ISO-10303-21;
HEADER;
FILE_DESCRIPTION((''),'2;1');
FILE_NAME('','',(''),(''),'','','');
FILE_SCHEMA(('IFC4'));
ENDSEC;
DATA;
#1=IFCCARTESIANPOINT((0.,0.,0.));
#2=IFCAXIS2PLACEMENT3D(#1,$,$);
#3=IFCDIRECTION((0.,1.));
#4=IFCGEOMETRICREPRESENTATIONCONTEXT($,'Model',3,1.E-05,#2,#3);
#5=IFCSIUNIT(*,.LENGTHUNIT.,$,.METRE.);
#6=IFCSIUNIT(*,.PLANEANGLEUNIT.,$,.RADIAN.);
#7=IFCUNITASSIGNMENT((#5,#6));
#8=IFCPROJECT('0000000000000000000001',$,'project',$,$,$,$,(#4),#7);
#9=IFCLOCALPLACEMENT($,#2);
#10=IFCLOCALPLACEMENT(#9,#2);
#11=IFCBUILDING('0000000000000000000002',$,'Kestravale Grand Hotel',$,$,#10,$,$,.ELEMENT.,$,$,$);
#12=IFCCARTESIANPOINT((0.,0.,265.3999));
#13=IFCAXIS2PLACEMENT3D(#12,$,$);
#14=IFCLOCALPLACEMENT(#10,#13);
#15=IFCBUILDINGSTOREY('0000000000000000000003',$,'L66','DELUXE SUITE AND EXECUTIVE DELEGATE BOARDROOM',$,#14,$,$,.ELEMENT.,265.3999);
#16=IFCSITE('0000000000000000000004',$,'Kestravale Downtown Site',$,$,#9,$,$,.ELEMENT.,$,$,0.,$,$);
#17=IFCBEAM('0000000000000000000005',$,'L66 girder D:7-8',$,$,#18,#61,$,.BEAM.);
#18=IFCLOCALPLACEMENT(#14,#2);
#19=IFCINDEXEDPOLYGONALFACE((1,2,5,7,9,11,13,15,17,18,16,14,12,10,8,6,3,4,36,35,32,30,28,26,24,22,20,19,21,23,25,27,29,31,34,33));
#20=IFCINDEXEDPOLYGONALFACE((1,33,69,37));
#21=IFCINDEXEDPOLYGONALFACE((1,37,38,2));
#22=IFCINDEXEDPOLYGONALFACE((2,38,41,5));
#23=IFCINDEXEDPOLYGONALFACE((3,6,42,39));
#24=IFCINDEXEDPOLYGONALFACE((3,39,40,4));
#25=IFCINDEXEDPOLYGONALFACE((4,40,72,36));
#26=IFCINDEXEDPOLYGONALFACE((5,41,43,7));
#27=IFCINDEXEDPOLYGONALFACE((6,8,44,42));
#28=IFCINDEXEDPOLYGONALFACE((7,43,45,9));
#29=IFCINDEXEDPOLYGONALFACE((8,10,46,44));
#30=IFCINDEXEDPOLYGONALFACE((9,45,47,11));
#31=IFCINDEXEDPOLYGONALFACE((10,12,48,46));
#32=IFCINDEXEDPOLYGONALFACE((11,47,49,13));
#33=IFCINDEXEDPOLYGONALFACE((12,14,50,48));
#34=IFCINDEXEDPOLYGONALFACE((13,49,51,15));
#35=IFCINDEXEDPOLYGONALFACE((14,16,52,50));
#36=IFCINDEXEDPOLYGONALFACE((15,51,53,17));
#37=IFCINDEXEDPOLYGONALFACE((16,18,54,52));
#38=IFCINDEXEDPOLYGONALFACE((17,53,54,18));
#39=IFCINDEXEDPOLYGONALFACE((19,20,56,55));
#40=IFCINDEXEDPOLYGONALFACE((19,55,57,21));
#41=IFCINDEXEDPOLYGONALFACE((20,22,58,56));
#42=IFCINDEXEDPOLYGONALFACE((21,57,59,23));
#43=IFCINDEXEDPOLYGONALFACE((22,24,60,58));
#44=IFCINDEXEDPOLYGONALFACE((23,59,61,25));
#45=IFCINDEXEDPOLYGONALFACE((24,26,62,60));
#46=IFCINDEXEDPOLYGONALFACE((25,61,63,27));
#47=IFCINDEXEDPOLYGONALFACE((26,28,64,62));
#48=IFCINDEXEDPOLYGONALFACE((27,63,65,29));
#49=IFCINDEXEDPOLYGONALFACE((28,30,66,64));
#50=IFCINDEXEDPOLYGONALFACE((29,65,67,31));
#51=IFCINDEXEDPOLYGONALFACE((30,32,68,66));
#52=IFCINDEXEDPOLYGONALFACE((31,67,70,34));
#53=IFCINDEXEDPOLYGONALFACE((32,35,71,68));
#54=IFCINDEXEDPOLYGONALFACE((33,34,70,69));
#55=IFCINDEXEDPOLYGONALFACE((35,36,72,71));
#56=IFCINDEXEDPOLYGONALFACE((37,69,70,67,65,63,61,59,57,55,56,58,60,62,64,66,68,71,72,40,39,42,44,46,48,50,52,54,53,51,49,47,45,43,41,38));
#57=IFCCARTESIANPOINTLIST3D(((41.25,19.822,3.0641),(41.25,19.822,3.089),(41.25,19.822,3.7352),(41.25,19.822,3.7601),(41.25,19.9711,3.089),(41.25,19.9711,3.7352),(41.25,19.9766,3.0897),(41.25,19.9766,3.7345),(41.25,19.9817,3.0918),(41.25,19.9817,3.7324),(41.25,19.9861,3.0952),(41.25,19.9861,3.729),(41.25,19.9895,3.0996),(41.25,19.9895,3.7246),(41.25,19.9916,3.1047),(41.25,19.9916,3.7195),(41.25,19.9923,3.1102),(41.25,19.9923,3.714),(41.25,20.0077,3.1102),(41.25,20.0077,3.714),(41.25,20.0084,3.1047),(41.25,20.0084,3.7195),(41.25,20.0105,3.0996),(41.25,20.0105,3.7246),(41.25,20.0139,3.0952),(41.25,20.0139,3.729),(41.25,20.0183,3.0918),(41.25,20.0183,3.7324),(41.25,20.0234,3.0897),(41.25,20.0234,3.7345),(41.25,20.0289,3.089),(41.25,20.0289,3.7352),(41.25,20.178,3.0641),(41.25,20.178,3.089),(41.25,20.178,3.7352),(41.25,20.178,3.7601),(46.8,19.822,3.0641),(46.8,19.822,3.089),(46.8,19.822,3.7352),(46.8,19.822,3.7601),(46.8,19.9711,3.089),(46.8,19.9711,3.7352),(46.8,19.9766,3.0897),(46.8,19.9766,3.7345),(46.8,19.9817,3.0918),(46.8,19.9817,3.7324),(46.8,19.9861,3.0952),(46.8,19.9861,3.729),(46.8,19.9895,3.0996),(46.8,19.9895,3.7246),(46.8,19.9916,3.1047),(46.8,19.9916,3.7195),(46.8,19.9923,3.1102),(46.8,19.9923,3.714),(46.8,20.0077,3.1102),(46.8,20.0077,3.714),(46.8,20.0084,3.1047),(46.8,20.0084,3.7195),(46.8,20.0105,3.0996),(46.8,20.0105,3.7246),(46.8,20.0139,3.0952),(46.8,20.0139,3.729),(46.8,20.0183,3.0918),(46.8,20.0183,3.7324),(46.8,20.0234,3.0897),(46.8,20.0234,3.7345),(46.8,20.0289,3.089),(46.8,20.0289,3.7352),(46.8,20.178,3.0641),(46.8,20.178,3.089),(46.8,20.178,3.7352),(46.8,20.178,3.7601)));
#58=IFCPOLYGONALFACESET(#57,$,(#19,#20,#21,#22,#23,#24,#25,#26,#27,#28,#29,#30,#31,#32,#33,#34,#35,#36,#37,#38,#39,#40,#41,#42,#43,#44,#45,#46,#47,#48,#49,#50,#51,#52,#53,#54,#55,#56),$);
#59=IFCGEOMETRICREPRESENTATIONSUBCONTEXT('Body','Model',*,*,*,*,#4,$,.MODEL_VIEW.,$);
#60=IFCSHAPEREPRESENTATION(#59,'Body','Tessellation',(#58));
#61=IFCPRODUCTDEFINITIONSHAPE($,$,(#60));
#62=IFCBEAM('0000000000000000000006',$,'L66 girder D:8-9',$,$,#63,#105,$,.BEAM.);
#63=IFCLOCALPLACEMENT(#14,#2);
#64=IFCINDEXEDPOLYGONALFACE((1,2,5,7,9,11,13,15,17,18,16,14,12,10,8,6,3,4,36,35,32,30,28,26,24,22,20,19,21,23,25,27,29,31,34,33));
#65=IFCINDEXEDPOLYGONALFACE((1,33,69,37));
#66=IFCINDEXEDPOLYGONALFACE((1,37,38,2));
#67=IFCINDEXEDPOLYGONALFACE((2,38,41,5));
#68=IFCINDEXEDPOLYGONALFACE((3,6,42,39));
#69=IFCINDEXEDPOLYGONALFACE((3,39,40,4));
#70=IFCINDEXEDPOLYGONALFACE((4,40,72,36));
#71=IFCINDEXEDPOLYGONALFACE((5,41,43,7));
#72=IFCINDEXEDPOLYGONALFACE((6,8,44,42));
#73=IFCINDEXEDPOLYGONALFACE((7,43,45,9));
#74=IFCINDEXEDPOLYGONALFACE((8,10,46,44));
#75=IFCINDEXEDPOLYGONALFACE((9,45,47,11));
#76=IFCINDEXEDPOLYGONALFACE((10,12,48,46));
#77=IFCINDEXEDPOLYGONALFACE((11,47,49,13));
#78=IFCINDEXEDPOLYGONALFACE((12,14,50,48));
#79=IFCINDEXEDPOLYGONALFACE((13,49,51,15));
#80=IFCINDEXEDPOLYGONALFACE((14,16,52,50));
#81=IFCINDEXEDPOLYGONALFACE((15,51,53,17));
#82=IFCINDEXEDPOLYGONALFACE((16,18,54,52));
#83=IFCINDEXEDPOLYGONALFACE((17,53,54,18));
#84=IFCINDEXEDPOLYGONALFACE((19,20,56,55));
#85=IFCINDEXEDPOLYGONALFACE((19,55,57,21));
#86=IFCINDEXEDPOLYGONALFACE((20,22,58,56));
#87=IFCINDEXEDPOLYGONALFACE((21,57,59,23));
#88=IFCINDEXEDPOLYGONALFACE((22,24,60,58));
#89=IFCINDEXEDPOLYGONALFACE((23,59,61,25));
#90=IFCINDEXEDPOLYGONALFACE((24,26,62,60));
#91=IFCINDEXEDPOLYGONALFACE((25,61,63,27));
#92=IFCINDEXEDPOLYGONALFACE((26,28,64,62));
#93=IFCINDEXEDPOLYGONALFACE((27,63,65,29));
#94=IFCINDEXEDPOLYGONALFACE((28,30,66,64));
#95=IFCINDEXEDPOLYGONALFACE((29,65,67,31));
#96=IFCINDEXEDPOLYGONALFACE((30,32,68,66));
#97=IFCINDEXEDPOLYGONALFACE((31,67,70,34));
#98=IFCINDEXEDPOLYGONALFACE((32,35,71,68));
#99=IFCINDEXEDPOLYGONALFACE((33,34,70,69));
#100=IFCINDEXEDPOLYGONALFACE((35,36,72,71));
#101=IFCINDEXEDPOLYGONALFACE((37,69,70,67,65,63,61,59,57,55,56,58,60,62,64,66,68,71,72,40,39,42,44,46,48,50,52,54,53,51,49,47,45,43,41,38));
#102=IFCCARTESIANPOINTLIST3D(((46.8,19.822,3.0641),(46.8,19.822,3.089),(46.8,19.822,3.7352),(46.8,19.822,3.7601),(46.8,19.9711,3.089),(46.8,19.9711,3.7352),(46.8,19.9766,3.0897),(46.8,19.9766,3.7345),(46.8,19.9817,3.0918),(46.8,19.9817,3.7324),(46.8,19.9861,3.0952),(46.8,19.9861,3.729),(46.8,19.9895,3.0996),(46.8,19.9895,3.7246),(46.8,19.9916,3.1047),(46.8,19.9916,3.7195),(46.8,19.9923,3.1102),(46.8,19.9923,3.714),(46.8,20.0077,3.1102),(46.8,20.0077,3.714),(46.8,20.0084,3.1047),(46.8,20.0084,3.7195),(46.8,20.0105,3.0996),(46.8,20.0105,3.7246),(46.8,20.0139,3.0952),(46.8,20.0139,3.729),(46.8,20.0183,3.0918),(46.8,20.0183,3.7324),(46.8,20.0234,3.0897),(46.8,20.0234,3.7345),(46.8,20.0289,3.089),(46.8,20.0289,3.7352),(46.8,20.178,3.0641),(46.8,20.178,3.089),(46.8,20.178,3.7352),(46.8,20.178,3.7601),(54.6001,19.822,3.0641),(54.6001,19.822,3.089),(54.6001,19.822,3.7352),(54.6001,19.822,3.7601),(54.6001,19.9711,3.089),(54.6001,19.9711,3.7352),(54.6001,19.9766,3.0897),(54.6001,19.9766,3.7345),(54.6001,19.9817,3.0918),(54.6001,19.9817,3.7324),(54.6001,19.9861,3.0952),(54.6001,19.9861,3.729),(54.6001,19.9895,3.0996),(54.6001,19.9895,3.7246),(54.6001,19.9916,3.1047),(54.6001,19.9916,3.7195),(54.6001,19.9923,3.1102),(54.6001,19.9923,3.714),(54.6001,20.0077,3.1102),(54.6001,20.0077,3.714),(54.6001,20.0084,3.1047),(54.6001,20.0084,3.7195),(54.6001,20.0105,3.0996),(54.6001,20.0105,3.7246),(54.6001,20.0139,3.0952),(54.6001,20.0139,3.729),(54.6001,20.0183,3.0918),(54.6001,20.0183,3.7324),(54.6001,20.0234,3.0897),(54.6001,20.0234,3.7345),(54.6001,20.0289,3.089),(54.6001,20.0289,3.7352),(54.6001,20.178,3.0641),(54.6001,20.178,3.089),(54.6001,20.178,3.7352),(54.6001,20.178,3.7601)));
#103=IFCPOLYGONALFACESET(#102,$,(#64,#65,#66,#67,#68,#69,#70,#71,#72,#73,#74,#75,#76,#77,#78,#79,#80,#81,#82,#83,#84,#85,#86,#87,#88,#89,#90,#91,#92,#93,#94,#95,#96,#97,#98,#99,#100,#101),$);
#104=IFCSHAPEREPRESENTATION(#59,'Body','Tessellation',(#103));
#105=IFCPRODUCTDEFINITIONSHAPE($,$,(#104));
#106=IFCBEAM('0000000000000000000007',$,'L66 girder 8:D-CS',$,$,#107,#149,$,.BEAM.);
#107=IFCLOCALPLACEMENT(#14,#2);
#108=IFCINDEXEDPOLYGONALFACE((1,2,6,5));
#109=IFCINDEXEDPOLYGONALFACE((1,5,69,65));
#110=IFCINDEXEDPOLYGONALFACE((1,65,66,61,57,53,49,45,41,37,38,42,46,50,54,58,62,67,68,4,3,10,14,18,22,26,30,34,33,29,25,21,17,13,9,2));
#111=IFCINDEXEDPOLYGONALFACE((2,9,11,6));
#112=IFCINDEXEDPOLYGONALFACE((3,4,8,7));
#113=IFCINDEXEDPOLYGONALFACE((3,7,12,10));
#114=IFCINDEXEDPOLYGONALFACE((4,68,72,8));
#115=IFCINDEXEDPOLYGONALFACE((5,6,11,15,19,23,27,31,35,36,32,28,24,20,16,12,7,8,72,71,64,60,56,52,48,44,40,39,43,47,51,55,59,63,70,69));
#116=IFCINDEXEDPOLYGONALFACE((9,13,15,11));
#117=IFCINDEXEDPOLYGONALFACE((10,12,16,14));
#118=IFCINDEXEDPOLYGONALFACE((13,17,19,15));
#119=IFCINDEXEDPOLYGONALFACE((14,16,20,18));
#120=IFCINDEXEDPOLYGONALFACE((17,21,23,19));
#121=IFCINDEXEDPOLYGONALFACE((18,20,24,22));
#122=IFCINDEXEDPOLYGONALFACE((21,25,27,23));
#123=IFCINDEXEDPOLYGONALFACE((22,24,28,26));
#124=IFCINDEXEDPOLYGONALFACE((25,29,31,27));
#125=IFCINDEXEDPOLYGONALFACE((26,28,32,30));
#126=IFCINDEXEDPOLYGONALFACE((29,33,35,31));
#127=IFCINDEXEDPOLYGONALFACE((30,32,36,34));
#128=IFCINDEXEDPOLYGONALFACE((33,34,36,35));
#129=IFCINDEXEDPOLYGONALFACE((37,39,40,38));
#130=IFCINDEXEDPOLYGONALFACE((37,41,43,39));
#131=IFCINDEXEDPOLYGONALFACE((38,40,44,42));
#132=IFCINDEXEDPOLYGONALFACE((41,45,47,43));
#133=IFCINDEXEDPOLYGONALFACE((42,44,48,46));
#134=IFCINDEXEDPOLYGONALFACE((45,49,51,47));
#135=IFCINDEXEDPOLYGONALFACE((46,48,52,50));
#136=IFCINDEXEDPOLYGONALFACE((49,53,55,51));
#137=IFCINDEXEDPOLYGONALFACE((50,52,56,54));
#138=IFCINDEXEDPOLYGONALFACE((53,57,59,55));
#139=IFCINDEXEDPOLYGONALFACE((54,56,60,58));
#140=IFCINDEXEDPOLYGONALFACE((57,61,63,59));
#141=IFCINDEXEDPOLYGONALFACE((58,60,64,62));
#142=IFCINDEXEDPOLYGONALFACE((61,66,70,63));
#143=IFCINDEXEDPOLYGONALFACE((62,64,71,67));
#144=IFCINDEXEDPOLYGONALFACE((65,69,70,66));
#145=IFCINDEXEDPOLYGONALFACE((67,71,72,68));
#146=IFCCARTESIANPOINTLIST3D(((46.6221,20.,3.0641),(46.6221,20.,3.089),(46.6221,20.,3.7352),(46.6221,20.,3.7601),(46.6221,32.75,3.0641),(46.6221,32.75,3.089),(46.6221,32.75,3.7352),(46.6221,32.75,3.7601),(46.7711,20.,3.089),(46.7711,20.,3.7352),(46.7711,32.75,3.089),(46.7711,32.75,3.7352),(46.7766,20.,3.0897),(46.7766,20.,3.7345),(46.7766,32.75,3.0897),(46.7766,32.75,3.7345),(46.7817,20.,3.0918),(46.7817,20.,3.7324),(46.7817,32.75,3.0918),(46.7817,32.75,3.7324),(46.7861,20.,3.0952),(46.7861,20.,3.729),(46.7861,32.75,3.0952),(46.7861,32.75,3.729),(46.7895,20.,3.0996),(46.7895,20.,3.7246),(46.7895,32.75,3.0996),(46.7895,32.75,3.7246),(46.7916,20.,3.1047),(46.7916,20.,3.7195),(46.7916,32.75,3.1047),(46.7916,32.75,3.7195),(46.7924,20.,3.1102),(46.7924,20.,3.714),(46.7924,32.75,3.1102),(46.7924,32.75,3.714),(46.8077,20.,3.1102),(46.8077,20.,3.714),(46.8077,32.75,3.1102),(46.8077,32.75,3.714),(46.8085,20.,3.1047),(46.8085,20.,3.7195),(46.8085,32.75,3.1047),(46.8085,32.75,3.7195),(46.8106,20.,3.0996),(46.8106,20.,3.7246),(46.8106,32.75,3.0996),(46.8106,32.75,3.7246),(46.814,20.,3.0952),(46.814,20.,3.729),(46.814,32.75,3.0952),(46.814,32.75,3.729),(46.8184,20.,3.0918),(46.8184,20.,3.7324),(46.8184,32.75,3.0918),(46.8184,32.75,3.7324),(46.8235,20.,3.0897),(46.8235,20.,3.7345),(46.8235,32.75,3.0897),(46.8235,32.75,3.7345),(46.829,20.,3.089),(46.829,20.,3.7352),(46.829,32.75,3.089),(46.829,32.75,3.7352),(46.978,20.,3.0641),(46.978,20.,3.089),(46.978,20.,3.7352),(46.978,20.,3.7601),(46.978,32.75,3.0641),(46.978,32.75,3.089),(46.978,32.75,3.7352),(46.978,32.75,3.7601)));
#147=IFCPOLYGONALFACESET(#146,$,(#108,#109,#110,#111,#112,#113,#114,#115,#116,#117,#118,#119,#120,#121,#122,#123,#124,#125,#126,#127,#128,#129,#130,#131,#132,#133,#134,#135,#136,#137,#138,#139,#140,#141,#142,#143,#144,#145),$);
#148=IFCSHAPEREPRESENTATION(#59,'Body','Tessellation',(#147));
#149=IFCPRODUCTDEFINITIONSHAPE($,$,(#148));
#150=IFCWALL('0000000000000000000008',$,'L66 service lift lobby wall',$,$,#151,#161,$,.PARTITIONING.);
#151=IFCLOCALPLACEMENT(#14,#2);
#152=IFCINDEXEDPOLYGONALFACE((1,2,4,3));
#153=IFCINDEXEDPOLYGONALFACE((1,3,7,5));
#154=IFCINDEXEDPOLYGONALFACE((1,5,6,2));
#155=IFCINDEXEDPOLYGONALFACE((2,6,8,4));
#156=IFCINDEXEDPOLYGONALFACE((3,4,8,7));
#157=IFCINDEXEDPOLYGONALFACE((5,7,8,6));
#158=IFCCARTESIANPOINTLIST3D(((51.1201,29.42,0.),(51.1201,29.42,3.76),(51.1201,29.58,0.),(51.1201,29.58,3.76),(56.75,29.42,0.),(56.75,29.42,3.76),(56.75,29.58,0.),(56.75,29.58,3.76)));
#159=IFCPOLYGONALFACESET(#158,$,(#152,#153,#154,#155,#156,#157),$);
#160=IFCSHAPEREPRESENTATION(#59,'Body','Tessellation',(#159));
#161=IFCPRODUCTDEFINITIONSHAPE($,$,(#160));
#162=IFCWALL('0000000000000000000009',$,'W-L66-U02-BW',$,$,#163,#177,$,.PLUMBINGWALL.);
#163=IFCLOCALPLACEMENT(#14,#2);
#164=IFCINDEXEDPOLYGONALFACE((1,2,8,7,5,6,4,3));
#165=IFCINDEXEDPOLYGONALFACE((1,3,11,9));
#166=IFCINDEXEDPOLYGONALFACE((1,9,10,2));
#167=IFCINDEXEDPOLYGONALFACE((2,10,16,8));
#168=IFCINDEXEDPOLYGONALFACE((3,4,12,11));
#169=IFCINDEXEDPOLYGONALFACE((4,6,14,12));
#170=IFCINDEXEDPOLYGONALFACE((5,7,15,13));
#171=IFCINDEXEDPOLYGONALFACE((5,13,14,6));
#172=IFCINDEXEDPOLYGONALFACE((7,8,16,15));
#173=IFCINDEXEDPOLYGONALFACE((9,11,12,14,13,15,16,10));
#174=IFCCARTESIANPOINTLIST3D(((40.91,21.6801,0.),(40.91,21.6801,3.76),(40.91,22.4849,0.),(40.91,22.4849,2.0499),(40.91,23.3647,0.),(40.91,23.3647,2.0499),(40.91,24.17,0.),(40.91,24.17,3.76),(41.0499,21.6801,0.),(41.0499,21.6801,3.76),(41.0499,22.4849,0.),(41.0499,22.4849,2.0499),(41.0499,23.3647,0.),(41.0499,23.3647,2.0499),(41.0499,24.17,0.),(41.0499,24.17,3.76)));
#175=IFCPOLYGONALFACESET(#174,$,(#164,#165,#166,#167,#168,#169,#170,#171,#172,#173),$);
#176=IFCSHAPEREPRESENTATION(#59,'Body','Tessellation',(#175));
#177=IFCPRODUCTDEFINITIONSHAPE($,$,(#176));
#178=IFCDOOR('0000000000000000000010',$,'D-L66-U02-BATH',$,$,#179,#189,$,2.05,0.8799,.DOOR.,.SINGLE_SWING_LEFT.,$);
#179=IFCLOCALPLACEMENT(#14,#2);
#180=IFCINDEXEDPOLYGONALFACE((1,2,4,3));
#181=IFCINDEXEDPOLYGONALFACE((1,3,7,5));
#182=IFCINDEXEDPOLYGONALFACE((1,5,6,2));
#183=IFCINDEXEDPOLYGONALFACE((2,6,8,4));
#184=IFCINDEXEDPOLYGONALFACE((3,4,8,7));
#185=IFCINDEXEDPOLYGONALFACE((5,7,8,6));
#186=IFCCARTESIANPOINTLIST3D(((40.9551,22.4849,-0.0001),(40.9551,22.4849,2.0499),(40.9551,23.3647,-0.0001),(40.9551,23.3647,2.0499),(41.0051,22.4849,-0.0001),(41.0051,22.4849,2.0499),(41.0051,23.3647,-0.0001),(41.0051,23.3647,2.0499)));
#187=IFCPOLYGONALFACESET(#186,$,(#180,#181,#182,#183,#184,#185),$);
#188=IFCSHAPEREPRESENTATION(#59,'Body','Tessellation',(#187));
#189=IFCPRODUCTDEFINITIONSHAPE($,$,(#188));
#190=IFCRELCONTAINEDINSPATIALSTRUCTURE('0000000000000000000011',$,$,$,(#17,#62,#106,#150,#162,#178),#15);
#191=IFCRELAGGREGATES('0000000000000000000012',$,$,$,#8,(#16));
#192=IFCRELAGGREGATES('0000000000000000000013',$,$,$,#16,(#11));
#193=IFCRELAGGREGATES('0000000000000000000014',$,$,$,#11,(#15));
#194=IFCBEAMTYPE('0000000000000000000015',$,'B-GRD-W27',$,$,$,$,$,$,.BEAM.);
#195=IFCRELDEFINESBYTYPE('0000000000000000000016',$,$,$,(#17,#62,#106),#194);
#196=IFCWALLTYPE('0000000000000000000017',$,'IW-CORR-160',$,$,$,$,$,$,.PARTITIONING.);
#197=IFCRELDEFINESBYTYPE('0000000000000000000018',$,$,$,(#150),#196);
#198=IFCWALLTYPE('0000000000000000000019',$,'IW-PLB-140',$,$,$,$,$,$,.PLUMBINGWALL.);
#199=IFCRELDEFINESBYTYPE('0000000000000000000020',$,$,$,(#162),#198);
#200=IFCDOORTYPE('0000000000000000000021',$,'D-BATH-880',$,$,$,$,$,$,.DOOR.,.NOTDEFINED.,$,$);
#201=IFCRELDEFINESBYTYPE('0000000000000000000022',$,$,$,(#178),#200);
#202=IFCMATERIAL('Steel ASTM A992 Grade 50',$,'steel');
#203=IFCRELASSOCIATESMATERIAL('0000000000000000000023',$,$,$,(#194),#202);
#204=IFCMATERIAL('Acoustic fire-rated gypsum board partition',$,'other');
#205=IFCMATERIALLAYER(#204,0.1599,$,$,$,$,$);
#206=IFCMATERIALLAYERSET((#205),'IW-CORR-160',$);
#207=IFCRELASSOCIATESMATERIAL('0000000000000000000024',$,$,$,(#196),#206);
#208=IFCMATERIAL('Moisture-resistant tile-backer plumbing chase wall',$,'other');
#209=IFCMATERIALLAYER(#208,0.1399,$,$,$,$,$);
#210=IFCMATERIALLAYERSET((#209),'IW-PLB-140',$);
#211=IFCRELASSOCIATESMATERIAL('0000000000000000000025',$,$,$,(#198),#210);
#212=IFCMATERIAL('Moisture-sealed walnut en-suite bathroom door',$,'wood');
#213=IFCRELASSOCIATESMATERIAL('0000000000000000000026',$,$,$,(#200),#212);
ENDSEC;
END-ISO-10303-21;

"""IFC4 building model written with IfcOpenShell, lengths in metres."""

from ifc_helpers import new_model, si_unit, direction, frame, frame_2d, origin, origin_2d, place, context, subcontext, project, spatial, rectangle, i_section, extrude, material, layer, layer_set, material_profile, profile_set, type_object, element, fill, save


model = new_model("IFC4")

# Units and contexts
model_context = context("Model", 3, precision=1e-05, world=origin(), true_north=direction((0.0, 1.0)))
body_context = subcontext(model_context, "Body", "Model", "MODEL_VIEW")
ifc_project = project(units=[si_unit("LENGTHUNIT", "METRE"), si_unit("PLANEANGLEUNIT", "RADIAN")], contexts=[model_context])

# Site, building, storey
site_placement = place(None, origin())
site = spatial("IfcSite", under=ifc_project, at=site_placement, Name="Kestravale Downtown Site", CompositionType="ELEMENT", RefElevation=0.0)
building_placement = place(site_placement, origin())
building = spatial("IfcBuilding", under=site, at=building_placement, Name="Kestravale Grand Hotel", CompositionType="ELEMENT")
storey_placement = place(building_placement, frame((0.0, 0.0, 265.3999)))
storey = spatial("IfcBuildingStorey", under=building, at=storey_placement, Name="L66", Description="DELUXE SUITE AND EXECUTIVE DELEGATE BOARDROOM", CompositionType="ELEMENT", Elevation=265.3999)

# Beams
ifc_material_1 = material(Name="Steel ASTM A992 Grade 50", Category="steel")
ifc_material_profile_1 = material_profile(ifc_material_1, i_section(OverallWidth=0.356, OverallDepth=0.696, WebThickness=0.0154, FlangeThickness=0.0249, FilletRadius=0.0212, at=origin_2d()))
ifc_profile_set_1 = profile_set([ifc_material_profile_1], Name="Steel ASTM A992 Grade 50")
beam_type = type_object("IfcBeamType", Name="B-GRD-W27", PredefinedType="BEAM", material=ifc_profile_set_1)
beam_1_placement = place(storey_placement, frame((41.25, 20.0, 3.4121), z_axis=(1.0, 0.0, 0.0), x_axis=(0.0, 1.0, 0.0)))
element("IfcBeam", 1, at=beam_1_placement, inside=storey, type_object=beam_type, Name="L66 girder D:7-8", PredefinedType="BEAM", context=body_context, shape_type="SweptSolid", body=[
    extrude(i_section(OverallWidth=0.356, OverallDepth=0.696, WebThickness=0.0154, FlangeThickness=0.0249, FilletRadius=0.0212, at=origin_2d()), origin(), (0.0, 0.0, 1.0), 5.55),
])
beam_2_placement = place(storey_placement, frame((46.8, 20.0, 3.4121), z_axis=(1.0, 0.0, 0.0), x_axis=(0.0, 1.0, 0.0)))
element("IfcBeam", 2, at=beam_2_placement, inside=storey, type_object=beam_type, Name="L66 girder D:8-9", PredefinedType="BEAM", context=body_context, shape_type="SweptSolid", body=[
    extrude(i_section(OverallWidth=0.356, OverallDepth=0.696, WebThickness=0.0154, FlangeThickness=0.0249, FilletRadius=0.0212, at=origin_2d()), origin(), (0.0, 0.0, 1.0), 7.8),
])
beam_3_placement = place(storey_placement, frame((46.8, 20.0, 3.4121), z_axis=(0.0, 1.0, 0.0), x_axis=(-1.0, 0.0, 0.0)))
element("IfcBeam", 3, at=beam_3_placement, inside=storey, type_object=beam_type, Name="L66 girder 8:D-CS", PredefinedType="BEAM", context=body_context, shape_type="SweptSolid", body=[
    extrude(i_section(OverallWidth=0.356, OverallDepth=0.696, WebThickness=0.0154, FlangeThickness=0.0249, FilletRadius=0.0212, at=origin_2d()), origin(), (0.0, 0.0, 1.0), 12.75),
])

# Shared definitions
ifc_material_2 = material(Name="Acoustic fire-rated gypsum board partition", Category="other")
ifc_layer_1 = layer(ifc_material_2, 0.1599)
ifc_layer_set_1 = layer_set([ifc_layer_1], Name="IW-CORR-160")
wall_type_1 = type_object("IfcWallType", Name="IW-CORR-160", PredefinedType="PARTITIONING", material=ifc_layer_set_1)

# Wall
wall_1_placement = place(storey_placement, frame((51.1201, 29.5, 0.0), z_axis=(0.0, 0.0, 1.0), x_axis=(1.0, 0.0, 0.0)))
element("IfcWall", 4, at=wall_1_placement, inside=storey, type_object=wall_type_1, Name="L66 service lift lobby wall", PredefinedType="PARTITIONING", context=body_context, shape_type="SweptSolid", body=[
    extrude(rectangle(XDim=5.6299, YDim=0.1599, at=frame_2d((2.8149, 0.0))), origin(), (0.0, 0.0, 1.0), 3.76),
])

# Wall, opening, door
ifc_material_3 = material(Name="Moisture-resistant tile-backer plumbing chase wall", Category="other")
ifc_layer_2 = layer(ifc_material_3, 0.1399)
ifc_layer_set_2 = layer_set([ifc_layer_2], Name="IW-PLB-140")
wall_type_2 = type_object("IfcWallType", Name="IW-PLB-140", PredefinedType="PLUMBINGWALL", material=ifc_layer_set_2)
wall_2_placement = place(storey_placement, frame((40.98, 21.6799, 0.0), z_axis=(0.0, 0.0, 1.0), x_axis=(0.0, 1.0, 0.0)))
wall_2 = element("IfcWall", 5, at=wall_2_placement, inside=storey, type_object=wall_type_2, Name="W-L66-U02-BW", PredefinedType="PLUMBINGWALL", context=body_context, shape_type="SweptSolid", body=[
    extrude(rectangle(XDim=2.49, YDim=0.1399, at=frame_2d((1.2451, 0.0))), origin(), (0.0, 0.0, 1.0), 3.76),
])
opening_1_placement = place(wall_2_placement, frame((0.8049, 0.0, 0.0)))
opening_1 = element("IfcOpeningElement", 6, at=opening_1_placement, cuts=wall_2, PredefinedType="OPENING", context=body_context, shape_type="SweptSolid", body=[
    extrude(rectangle(XDim=0.8799, YDim=2.05, at=frame_2d((0.4399, 1.0249))), frame((0.0, 0.0798, 0.0), z_axis=(0.0, -1.0, 0.0), x_axis=(1.0, 0.0, 0.0)), (0.0, 0.0, 1.0), 0.1599),
])
ifc_material_4 = material(Name="Moisture-sealed walnut en-suite bathroom door", Category="wood")
door_type_1 = type_object("IfcDoorType", Name="D-BATH-880", OperationType="NOTDEFINED", PredefinedType="DOOR", material=ifc_material_4)
door_1_placement = place(opening_1_placement, origin())
door_1 = element("IfcDoor", 7, at=door_1_placement, inside=storey, type_object=door_type_1, Name="D-L66-U02-BATH", OperationType="SINGLE_SWING_LEFT", OverallHeight=2.05, OverallWidth=0.8799, PredefinedType="DOOR", context=body_context, shape_type="SweptSolid", body=[
    extrude(rectangle(XDim=0.8799, YDim=2.05, at=frame_2d((0.4399, 1.0249))), frame((0.0, 0.0249, 0.0), z_axis=(0.0, -1.0, 0.0), x_axis=(1.0, 0.0, 0.0)), (0.0, 0.0, 1.0), 0.05),
])
fill(opening_1, door_1)

save(model, "model.ifc")
